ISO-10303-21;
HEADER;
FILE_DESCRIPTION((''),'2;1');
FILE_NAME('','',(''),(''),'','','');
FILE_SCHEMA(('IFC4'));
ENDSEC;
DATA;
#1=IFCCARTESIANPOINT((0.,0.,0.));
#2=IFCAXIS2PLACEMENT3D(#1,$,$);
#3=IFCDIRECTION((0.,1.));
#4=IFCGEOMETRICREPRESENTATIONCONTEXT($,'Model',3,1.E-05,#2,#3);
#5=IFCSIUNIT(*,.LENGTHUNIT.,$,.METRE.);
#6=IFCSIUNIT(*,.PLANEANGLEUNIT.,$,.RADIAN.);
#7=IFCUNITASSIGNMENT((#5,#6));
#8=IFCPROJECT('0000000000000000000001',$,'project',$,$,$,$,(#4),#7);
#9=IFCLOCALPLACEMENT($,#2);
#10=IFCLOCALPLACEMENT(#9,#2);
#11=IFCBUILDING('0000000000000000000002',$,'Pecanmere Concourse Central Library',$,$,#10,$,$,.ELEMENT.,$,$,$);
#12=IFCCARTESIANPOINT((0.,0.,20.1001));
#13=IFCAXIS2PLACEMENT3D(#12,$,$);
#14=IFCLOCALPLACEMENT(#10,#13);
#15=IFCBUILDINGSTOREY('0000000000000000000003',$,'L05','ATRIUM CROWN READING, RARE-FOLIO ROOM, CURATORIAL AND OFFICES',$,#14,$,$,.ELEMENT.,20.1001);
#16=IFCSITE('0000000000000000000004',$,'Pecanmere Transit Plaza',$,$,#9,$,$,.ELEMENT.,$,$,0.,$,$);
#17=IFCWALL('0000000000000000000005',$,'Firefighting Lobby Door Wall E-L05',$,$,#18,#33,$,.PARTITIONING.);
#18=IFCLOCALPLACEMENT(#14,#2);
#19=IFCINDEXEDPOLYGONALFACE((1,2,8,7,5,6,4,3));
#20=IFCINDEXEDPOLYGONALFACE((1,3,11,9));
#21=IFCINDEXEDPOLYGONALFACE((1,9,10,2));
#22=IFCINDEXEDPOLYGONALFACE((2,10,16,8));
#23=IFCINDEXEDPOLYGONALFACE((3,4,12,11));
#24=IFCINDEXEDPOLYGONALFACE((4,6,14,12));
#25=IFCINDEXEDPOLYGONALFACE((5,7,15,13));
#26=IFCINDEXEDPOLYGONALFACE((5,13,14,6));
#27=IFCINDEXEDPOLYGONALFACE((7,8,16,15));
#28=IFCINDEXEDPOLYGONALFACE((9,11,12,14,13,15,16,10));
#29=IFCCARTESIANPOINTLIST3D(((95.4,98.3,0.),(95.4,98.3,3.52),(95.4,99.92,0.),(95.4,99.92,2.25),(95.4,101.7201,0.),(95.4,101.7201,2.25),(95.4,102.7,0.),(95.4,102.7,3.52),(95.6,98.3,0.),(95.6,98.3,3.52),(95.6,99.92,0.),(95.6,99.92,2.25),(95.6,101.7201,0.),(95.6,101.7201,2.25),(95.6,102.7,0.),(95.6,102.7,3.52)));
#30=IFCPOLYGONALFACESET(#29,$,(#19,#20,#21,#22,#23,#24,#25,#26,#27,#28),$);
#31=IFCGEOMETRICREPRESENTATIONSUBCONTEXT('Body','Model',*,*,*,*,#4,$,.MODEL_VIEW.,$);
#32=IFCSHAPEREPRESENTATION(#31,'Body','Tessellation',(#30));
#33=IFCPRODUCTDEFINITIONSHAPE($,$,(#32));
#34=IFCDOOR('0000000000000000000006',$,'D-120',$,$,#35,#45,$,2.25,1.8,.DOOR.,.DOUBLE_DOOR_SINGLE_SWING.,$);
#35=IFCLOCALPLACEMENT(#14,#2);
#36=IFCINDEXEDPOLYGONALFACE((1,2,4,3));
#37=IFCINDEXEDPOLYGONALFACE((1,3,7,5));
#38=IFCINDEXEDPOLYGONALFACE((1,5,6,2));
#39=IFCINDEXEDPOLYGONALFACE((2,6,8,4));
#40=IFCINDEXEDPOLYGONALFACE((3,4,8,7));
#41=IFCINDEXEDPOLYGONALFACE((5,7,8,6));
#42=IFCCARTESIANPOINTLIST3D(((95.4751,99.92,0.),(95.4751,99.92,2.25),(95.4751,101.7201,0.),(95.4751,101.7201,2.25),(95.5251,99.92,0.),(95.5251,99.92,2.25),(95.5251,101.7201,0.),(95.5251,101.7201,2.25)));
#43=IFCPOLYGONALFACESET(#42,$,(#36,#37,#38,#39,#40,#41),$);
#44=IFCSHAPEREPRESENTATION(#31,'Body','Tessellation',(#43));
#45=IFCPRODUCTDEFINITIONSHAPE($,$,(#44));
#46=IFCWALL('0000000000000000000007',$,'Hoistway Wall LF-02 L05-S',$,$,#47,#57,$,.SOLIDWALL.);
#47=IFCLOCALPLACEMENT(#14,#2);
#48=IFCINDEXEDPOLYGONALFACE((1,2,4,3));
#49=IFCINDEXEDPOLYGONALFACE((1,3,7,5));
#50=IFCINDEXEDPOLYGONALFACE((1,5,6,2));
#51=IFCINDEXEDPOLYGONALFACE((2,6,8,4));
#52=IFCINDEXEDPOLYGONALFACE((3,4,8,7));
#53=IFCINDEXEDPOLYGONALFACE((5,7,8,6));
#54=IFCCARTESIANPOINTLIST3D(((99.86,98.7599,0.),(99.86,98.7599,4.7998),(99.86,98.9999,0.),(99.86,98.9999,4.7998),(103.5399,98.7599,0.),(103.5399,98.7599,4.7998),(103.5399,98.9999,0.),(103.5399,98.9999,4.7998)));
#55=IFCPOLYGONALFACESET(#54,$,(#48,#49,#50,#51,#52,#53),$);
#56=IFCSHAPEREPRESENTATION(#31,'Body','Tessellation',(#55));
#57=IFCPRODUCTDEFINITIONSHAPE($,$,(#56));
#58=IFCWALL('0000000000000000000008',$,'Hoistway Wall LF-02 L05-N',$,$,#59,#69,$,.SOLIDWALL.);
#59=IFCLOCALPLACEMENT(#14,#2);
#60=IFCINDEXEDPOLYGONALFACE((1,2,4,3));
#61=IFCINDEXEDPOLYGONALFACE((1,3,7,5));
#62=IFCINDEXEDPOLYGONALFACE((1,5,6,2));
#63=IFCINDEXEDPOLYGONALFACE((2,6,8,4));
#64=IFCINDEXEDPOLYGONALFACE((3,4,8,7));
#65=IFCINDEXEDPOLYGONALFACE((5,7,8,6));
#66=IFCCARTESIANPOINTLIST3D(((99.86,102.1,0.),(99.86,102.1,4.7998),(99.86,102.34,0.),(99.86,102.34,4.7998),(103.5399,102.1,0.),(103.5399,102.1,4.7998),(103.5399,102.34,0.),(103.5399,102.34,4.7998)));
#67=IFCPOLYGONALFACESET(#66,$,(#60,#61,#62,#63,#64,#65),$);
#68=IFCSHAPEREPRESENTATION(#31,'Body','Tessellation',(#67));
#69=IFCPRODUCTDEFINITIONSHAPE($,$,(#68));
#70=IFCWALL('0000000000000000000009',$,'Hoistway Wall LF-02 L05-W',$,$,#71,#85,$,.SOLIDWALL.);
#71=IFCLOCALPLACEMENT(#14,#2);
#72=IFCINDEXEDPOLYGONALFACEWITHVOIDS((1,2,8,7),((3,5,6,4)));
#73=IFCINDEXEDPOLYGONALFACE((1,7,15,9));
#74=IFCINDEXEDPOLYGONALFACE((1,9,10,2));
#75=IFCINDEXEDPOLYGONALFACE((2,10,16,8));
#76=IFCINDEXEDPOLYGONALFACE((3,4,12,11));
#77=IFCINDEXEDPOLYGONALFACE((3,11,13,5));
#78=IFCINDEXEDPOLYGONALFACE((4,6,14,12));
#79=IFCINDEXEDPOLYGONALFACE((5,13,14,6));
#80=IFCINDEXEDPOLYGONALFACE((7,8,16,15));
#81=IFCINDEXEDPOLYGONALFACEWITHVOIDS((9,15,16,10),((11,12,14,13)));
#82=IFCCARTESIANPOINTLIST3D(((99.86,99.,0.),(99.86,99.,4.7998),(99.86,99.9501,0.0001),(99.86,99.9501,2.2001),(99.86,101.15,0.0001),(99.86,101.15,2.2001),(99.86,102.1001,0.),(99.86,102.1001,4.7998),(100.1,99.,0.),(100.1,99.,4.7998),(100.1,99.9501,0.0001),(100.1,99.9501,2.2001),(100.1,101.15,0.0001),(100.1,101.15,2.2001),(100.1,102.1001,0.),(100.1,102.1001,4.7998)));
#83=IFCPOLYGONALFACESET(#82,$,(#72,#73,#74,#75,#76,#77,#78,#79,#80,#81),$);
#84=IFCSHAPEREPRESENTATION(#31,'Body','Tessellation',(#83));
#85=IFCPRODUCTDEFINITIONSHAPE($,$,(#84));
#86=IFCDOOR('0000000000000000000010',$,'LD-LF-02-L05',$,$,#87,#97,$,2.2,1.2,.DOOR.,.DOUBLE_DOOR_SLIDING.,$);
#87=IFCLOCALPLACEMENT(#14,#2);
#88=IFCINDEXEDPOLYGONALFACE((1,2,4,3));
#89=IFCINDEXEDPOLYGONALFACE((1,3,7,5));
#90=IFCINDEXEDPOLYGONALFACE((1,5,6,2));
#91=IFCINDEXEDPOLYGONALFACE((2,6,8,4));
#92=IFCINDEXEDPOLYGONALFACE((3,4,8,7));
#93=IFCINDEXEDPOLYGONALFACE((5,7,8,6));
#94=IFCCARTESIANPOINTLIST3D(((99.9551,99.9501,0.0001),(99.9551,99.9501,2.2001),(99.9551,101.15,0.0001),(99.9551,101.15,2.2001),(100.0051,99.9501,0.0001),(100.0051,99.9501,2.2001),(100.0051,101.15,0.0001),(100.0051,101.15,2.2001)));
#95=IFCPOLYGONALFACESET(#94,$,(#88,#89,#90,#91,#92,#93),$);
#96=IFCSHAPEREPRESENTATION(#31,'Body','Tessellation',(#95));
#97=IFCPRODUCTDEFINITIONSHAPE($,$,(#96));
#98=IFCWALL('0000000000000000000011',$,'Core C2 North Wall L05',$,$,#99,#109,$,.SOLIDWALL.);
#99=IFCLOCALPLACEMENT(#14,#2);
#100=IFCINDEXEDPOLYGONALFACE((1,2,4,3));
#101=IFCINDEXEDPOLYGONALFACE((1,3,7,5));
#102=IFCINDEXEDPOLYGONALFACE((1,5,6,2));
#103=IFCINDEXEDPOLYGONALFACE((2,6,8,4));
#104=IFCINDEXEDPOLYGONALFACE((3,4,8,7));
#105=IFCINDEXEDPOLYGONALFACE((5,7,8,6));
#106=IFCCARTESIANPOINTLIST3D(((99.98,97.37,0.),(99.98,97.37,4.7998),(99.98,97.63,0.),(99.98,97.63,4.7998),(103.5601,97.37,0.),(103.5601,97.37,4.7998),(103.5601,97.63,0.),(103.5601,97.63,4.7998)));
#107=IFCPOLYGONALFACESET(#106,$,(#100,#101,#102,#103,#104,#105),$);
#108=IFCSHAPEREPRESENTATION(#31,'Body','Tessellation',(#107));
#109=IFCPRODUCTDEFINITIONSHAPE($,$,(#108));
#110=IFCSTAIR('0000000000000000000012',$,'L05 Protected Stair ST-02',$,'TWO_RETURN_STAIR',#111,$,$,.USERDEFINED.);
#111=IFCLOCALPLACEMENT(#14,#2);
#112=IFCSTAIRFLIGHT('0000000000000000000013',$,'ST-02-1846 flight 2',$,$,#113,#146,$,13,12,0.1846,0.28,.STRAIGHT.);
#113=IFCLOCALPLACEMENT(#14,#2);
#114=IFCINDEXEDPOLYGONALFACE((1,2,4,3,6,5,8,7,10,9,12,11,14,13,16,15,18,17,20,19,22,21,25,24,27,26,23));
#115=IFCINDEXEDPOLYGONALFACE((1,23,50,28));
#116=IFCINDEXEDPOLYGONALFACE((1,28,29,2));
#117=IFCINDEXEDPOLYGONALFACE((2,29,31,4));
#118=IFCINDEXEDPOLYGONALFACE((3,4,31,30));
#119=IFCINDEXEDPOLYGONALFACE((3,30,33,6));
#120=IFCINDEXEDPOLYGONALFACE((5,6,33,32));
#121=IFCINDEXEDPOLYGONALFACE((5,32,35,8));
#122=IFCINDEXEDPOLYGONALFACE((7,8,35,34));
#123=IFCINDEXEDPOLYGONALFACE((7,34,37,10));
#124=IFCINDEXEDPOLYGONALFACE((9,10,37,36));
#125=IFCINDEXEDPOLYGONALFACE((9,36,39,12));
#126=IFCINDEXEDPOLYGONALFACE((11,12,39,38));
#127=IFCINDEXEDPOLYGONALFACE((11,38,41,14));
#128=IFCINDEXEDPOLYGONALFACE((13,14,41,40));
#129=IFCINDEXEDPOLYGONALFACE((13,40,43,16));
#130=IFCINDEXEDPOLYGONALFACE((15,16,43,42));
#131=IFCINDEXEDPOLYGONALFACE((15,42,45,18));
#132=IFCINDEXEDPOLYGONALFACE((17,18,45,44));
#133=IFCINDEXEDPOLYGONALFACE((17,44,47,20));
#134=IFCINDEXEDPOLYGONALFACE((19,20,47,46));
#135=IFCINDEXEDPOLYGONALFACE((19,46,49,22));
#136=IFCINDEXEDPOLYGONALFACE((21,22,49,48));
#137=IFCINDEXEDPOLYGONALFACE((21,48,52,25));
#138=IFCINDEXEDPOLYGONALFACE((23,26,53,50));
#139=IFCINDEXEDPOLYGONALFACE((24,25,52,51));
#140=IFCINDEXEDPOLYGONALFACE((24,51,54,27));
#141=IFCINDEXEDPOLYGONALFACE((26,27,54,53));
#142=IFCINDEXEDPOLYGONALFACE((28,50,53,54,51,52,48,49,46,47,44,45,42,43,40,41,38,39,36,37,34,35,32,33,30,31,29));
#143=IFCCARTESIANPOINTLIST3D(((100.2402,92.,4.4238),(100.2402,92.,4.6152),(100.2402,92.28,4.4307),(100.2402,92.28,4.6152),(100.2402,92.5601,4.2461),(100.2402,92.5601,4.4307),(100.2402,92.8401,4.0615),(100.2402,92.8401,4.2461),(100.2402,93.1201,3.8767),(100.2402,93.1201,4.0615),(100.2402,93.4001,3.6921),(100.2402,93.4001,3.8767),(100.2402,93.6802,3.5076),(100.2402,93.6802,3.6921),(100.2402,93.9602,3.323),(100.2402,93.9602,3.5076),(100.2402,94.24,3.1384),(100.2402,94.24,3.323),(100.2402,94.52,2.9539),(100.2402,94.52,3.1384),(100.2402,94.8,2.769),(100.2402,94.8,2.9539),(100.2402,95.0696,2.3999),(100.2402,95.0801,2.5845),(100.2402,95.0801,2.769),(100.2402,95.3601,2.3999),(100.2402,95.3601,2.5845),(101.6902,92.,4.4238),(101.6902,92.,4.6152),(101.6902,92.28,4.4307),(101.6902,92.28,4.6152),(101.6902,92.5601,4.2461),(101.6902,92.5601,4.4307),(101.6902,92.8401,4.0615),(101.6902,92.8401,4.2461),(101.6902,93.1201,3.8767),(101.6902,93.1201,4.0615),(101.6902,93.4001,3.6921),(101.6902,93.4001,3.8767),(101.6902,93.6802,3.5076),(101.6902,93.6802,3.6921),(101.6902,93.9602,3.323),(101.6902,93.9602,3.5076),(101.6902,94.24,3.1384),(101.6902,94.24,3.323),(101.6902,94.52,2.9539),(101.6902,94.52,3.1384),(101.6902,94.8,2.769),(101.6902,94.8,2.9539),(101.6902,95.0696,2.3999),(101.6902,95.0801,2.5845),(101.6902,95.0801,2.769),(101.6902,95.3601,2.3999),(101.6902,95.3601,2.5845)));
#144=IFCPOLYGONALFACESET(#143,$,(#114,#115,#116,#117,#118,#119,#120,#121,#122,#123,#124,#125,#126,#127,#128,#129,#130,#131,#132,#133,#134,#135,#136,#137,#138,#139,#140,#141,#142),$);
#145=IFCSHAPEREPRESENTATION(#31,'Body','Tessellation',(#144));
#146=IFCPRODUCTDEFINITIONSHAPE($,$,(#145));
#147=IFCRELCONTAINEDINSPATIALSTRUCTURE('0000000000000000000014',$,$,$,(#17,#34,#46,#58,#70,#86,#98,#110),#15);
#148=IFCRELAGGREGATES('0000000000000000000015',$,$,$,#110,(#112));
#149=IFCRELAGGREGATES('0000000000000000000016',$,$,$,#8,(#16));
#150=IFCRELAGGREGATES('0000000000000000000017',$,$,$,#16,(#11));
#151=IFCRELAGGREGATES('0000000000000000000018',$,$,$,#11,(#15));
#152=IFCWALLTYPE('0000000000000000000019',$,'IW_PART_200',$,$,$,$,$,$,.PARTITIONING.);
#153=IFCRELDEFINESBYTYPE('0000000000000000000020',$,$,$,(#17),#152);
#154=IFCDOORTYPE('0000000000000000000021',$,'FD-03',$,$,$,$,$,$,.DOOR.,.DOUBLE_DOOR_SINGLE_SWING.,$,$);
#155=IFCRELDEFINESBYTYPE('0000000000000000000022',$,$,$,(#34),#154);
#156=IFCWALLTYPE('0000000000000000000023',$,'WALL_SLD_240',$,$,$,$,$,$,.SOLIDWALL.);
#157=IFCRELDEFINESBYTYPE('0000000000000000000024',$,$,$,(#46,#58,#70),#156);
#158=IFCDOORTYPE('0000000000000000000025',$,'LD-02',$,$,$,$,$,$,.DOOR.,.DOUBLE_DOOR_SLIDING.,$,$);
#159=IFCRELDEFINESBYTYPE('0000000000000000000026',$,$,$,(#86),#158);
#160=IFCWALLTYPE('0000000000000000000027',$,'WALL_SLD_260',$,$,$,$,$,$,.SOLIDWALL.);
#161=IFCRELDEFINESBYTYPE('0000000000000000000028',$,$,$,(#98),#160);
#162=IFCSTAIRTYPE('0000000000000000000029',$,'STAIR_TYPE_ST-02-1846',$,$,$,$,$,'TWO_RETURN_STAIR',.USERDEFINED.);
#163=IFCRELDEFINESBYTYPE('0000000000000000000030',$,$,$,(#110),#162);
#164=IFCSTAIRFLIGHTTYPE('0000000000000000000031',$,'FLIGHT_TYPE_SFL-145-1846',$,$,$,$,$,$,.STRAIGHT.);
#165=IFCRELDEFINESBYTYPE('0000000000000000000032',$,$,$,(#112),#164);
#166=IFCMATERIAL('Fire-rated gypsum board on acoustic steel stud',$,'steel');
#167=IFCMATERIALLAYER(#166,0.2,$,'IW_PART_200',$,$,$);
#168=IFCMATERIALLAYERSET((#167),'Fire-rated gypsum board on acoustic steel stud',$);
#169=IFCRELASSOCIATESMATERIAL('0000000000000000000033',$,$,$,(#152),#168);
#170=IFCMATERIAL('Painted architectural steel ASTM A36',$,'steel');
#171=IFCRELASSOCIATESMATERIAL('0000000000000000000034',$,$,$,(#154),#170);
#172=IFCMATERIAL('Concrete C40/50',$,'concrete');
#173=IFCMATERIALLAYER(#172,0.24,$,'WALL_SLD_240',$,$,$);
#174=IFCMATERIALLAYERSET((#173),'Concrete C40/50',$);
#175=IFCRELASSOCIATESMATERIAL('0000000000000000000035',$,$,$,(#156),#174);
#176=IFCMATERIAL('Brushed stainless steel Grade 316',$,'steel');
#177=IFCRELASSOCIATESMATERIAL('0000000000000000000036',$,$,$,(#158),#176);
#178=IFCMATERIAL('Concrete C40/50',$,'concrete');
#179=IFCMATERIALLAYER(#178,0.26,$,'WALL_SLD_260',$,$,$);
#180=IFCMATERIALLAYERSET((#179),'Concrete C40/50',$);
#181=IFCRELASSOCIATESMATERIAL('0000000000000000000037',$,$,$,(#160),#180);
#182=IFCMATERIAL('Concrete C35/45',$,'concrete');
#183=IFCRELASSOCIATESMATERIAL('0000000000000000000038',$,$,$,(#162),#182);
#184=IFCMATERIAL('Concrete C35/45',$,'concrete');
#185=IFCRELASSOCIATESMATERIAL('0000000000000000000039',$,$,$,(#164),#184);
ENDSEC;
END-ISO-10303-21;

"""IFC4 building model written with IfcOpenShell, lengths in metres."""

from ifc_helpers import new_model, si_unit, direction, frame, frame_2d, origin, place, context, subcontext, project, spatial, polyline, rectangle, outline, extrude, material, layer, layer_set, type_object, element, fill, aggregate, save


model = new_model("IFC4")

# Units and contexts
model_context = context("Model", 3, precision=1e-05, world=origin(), true_north=direction((0.0, 1.0)))
body_context = subcontext(model_context, "Body", "Model", "MODEL_VIEW")
ifc_project = project(units=[si_unit("LENGTHUNIT", "METRE"), si_unit("PLANEANGLEUNIT", "RADIAN")], contexts=[model_context])

# Site, building, storey
site_placement = place(None, origin())
site = spatial("IfcSite", under=ifc_project, at=site_placement, Name="Pecanmere Transit Plaza", CompositionType="ELEMENT", RefElevation=0.0)
building_placement = place(site_placement, origin())
building = spatial("IfcBuilding", under=site, at=building_placement, Name="Pecanmere Concourse Central Library", CompositionType="ELEMENT")
storey_placement = place(building_placement, frame((0.0, 0.0, 20.1001)))
storey = spatial("IfcBuildingStorey", under=building, at=storey_placement, Name="L05", Description="ATRIUM CROWN READING, RARE-FOLIO ROOM, CURATORIAL AND OFFICES", CompositionType="ELEMENT", Elevation=20.1001)

# Shared definitions
ifc_material_1 = material(Name="Fire-rated gypsum board on acoustic steel stud", Category="steel")
ifc_layer_1 = layer(ifc_material_1, 0.2, Name="IW_PART_200")
ifc_layer_set_1 = layer_set([ifc_layer_1], Name="Fire-rated gypsum board on acoustic steel stud")
wall_type_1 = type_object("IfcWallType", Name="IW_PART_200", PredefinedType="PARTITIONING", material=ifc_layer_set_1)

# Wall, opening, door
wall_1_placement = place(storey_placement, frame((95.5, 98.3, 0.0), z_axis=(0.0, 0.0, 1.0), x_axis=(0.0, 1.0, 0.0)))
wall_1 = element("IfcWall", 1, at=wall_1_placement, inside=storey, type_object=wall_type_1, Name="Firefighting Lobby Door Wall E-L05", PredefinedType="PARTITIONING", context=body_context, shape_type="SweptSolid", body=[
    extrude(rectangle(XDim=4.3999, YDim=0.2, at=frame_2d((2.2, 0.0))), origin(), (0.0, 0.0, 1.0), 3.52),
])
opening_1_placement = place(wall_1_placement, frame((1.6201, 0.0, 0.0)))
opening_1 = element("IfcOpeningElement", 2, at=opening_1_placement, cuts=wall_1, PredefinedType="OPENING", context=body_context, shape_type="SweptSolid", body=[
    extrude(rectangle(XDim=1.8, YDim=2.25, at=frame_2d((0.8999, 1.125))), frame((0.0, 0.1118, 0.0), z_axis=(0.0, -1.0, 0.0), x_axis=(1.0, 0.0, 0.0)), (0.0, 0.0, 1.0), 0.2239),
])
ifc_material_2 = material(Name="Painted architectural steel ASTM A36", Category="steel")
door_type_1 = type_object("IfcDoorType", Name="FD-03", OperationType="DOUBLE_DOOR_SINGLE_SWING", PredefinedType="DOOR", material=ifc_material_2)
door_1_placement = place(opening_1_placement, origin())
door_1 = element("IfcDoor", 3, at=door_1_placement, inside=storey, type_object=door_type_1, Name="D-120", OperationType="DOUBLE_DOOR_SINGLE_SWING", OverallHeight=2.25, OverallWidth=1.8, PredefinedType="DOOR", context=body_context, shape_type="SweptSolid", body=[
    extrude(rectangle(XDim=1.8, YDim=2.25, at=frame_2d((0.8999, 1.125))), frame((0.0, 0.0249, 0.0), z_axis=(0.0, -1.0, 0.0), x_axis=(1.0, 0.0, 0.0)), (0.0, 0.0, 1.0), 0.05),
])
fill(opening_1, door_1)

# Walls
ifc_material_3 = material(Name="Concrete C40/50", Category="concrete")
ifc_layer_2 = layer(ifc_material_3, 0.24, Name="WALL_SLD_240")
ifc_layer_set_2 = layer_set([ifc_layer_2], Name="Concrete C40/50")
wall_type_2 = type_object("IfcWallType", Name="WALL_SLD_240", PredefinedType="SOLIDWALL", material=ifc_layer_set_2)
for number, where, z_axis, x_axis, name in (
    (4, (99.8601, 98.8799, 0.0), (0.0, 0.0, 1.0), (1.0, 0.0, 0.0), "Hoistway Wall LF-02 L05-S"),
    (5, (99.8601, 102.22, 0.0), (0.0, 0.0, 1.0), (1.0, 0.0, 0.0), "Hoistway Wall LF-02 L05-N"),
):
    element("IfcWall", number, at=place(storey_placement, frame(where, z_axis=z_axis, x_axis=x_axis)), inside=storey, type_object=wall_type_2, Name=name, PredefinedType="SOLIDWALL", context=body_context, shape_type="SweptSolid", body=[
        extrude(rectangle(XDim=3.6799, YDim=0.24, at=frame_2d((1.8398, 0.0))), origin(), (0.0, 0.0, 1.0), 4.7998),
    ])

# Wall, opening, door
wall_2_placement = place(storey_placement, frame((99.98, 99.0, 0.0), z_axis=(0.0, 0.0, 1.0), x_axis=(0.0, 1.0, 0.0)))
wall_2 = element("IfcWall", 6, at=wall_2_placement, inside=storey, type_object=wall_type_2, Name="Hoistway Wall LF-02 L05-W", PredefinedType="SOLIDWALL", context=body_context, shape_type="SweptSolid", body=[
    extrude(rectangle(XDim=3.1001, YDim=0.24, at=frame_2d((1.55, 0.0))), origin(), (0.0, 0.0, 1.0), 4.7998),
])
opening_2_placement = place(wall_2_placement, frame((0.95, 0.0, 0.0)))
opening_2 = element("IfcOpeningElement", 7, at=opening_2_placement, cuts=wall_2, PredefinedType="OPENING", context=body_context, shape_type="SweptSolid", body=[
    extrude(rectangle(XDim=1.2, YDim=2.2, at=frame_2d((0.6001, 1.1001))), frame((0.0, 0.1318, 0.0), z_axis=(0.0, -1.0, 0.0), x_axis=(1.0, 0.0, 0.0)), (0.0, 0.0, 1.0), 0.2639),
])
ifc_material_4 = material(Name="Brushed stainless steel Grade 316", Category="steel")
door_type_2 = type_object("IfcDoorType", Name="LD-02", OperationType="DOUBLE_DOOR_SLIDING", PredefinedType="DOOR", material=ifc_material_4)
door_2_placement = place(opening_2_placement, origin())
door_2 = element("IfcDoor", 8, at=door_2_placement, inside=storey, type_object=door_type_2, Name="LD-LF-02-L05", OperationType="DOUBLE_DOOR_SLIDING", OverallHeight=2.2, OverallWidth=1.2, PredefinedType="DOOR", context=body_context, shape_type="SweptSolid", body=[
    extrude(rectangle(XDim=1.2, YDim=2.2, at=frame_2d((0.6001, 1.1001))), frame((0.0, 0.0249, 0.0), z_axis=(0.0, -1.0, 0.0), x_axis=(1.0, 0.0, 0.0)), (0.0, 0.0, 1.0), 0.05),
])
fill(opening_2, door_2)

# Wall
ifc_material_5 = material(Name="Concrete C40/50", Category="concrete")
ifc_layer_3 = layer(ifc_material_5, 0.26, Name="WALL_SLD_260")
ifc_layer_set_3 = layer_set([ifc_layer_3], Name="Concrete C40/50")
wall_type_3 = type_object("IfcWallType", Name="WALL_SLD_260", PredefinedType="SOLIDWALL", material=ifc_layer_set_3)
wall_3_placement = place(storey_placement, frame((99.98, 97.5, 0.0), z_axis=(0.0, 0.0, 1.0), x_axis=(1.0, 0.0, 0.0)))
element("IfcWall", 9, at=wall_3_placement, inside=storey, type_object=wall_type_3, Name="Core C2 North Wall L05", PredefinedType="SOLIDWALL", context=body_context, shape_type="SweptSolid", body=[
    extrude(rectangle(XDim=3.5801, YDim=0.26, at=frame_2d((1.79, 0.0))), origin(), (0.0, 0.0, 1.0), 4.7998),
])

# Stair, stair flight
ifc_material_6 = material(Name="Concrete C35/45", Category="concrete")
stair_type = type_object("IfcStairType", Name="STAIR_TYPE_ST-02-1846", ElementType="TWO_RETURN_STAIR", PredefinedType="USERDEFINED", material=ifc_material_6)
stair_placement = place(storey_placement, origin())
stair = element("IfcStair", 10, at=stair_placement, inside=storey, type_object=stair_type, Name="L05 Protected Stair ST-02", ObjectType="TWO_RETURN_STAIR", PredefinedType="USERDEFINED")
ifc_material_7 = material(Name="Concrete C35/45", Category="concrete")
stair_flight_type = type_object("IfcStairFlightType", Name="FLIGHT_TYPE_SFL-145-1846", PredefinedType="STRAIGHT", material=ifc_material_7)
stair_flight_placement = place(storey_placement, frame((100.9651, 95.3601, 2.3999), z_axis=(0.0, 0.0, 1.0), x_axis=(0.0, -1.0, 0.0)))
stair_flight = element("IfcStairFlight", 11, at=stair_flight_placement, type_object=stair_flight_type, Name="ST-02-1846 flight 2", NumberOfRisers=13, NumberOfTreads=12, PredefinedType="STRAIGHT", RiserHeight=0.1846, TreadLength=0.28, context=body_context, shape_type="SweptSolid", body=[
    extrude(outline(polyline([(0.0, 0.0), (0.0, 0.1846), (0.28, 0.1846), (0.28, 0.3691), (0.5601, 0.3691), (0.5601, 0.554), (0.8401, 0.554), (0.8401, 0.7385), (1.1201, 0.7385), (1.1201, 0.9231), (1.3999, 0.9231), (1.3999, 1.1077), (1.6799, 1.1077), (1.6799, 1.2922), (1.96, 1.2922), (1.96, 1.4768), (2.24, 1.4768), (2.24, 1.6616), (2.52, 1.6616), (2.52, 1.8462), (2.8, 1.8462), (2.8, 2.0308), (3.0801, 2.0308), (3.0801, 2.2153), (3.3601, 2.2153), (3.3601, 2.3999), (3.3601, 2.0239), (0.2905, 0.0), (0.0, 0.0)])), frame((0.0, 0.7251, 0.0), z_axis=(0.0, -1.0, 0.0), x_axis=(1.0, 0.0, 0.0)), (0.0, 0.0, 1.0), 1.45),
])
aggregate(stair, [stair_flight])

save(model, "model.ifc")
